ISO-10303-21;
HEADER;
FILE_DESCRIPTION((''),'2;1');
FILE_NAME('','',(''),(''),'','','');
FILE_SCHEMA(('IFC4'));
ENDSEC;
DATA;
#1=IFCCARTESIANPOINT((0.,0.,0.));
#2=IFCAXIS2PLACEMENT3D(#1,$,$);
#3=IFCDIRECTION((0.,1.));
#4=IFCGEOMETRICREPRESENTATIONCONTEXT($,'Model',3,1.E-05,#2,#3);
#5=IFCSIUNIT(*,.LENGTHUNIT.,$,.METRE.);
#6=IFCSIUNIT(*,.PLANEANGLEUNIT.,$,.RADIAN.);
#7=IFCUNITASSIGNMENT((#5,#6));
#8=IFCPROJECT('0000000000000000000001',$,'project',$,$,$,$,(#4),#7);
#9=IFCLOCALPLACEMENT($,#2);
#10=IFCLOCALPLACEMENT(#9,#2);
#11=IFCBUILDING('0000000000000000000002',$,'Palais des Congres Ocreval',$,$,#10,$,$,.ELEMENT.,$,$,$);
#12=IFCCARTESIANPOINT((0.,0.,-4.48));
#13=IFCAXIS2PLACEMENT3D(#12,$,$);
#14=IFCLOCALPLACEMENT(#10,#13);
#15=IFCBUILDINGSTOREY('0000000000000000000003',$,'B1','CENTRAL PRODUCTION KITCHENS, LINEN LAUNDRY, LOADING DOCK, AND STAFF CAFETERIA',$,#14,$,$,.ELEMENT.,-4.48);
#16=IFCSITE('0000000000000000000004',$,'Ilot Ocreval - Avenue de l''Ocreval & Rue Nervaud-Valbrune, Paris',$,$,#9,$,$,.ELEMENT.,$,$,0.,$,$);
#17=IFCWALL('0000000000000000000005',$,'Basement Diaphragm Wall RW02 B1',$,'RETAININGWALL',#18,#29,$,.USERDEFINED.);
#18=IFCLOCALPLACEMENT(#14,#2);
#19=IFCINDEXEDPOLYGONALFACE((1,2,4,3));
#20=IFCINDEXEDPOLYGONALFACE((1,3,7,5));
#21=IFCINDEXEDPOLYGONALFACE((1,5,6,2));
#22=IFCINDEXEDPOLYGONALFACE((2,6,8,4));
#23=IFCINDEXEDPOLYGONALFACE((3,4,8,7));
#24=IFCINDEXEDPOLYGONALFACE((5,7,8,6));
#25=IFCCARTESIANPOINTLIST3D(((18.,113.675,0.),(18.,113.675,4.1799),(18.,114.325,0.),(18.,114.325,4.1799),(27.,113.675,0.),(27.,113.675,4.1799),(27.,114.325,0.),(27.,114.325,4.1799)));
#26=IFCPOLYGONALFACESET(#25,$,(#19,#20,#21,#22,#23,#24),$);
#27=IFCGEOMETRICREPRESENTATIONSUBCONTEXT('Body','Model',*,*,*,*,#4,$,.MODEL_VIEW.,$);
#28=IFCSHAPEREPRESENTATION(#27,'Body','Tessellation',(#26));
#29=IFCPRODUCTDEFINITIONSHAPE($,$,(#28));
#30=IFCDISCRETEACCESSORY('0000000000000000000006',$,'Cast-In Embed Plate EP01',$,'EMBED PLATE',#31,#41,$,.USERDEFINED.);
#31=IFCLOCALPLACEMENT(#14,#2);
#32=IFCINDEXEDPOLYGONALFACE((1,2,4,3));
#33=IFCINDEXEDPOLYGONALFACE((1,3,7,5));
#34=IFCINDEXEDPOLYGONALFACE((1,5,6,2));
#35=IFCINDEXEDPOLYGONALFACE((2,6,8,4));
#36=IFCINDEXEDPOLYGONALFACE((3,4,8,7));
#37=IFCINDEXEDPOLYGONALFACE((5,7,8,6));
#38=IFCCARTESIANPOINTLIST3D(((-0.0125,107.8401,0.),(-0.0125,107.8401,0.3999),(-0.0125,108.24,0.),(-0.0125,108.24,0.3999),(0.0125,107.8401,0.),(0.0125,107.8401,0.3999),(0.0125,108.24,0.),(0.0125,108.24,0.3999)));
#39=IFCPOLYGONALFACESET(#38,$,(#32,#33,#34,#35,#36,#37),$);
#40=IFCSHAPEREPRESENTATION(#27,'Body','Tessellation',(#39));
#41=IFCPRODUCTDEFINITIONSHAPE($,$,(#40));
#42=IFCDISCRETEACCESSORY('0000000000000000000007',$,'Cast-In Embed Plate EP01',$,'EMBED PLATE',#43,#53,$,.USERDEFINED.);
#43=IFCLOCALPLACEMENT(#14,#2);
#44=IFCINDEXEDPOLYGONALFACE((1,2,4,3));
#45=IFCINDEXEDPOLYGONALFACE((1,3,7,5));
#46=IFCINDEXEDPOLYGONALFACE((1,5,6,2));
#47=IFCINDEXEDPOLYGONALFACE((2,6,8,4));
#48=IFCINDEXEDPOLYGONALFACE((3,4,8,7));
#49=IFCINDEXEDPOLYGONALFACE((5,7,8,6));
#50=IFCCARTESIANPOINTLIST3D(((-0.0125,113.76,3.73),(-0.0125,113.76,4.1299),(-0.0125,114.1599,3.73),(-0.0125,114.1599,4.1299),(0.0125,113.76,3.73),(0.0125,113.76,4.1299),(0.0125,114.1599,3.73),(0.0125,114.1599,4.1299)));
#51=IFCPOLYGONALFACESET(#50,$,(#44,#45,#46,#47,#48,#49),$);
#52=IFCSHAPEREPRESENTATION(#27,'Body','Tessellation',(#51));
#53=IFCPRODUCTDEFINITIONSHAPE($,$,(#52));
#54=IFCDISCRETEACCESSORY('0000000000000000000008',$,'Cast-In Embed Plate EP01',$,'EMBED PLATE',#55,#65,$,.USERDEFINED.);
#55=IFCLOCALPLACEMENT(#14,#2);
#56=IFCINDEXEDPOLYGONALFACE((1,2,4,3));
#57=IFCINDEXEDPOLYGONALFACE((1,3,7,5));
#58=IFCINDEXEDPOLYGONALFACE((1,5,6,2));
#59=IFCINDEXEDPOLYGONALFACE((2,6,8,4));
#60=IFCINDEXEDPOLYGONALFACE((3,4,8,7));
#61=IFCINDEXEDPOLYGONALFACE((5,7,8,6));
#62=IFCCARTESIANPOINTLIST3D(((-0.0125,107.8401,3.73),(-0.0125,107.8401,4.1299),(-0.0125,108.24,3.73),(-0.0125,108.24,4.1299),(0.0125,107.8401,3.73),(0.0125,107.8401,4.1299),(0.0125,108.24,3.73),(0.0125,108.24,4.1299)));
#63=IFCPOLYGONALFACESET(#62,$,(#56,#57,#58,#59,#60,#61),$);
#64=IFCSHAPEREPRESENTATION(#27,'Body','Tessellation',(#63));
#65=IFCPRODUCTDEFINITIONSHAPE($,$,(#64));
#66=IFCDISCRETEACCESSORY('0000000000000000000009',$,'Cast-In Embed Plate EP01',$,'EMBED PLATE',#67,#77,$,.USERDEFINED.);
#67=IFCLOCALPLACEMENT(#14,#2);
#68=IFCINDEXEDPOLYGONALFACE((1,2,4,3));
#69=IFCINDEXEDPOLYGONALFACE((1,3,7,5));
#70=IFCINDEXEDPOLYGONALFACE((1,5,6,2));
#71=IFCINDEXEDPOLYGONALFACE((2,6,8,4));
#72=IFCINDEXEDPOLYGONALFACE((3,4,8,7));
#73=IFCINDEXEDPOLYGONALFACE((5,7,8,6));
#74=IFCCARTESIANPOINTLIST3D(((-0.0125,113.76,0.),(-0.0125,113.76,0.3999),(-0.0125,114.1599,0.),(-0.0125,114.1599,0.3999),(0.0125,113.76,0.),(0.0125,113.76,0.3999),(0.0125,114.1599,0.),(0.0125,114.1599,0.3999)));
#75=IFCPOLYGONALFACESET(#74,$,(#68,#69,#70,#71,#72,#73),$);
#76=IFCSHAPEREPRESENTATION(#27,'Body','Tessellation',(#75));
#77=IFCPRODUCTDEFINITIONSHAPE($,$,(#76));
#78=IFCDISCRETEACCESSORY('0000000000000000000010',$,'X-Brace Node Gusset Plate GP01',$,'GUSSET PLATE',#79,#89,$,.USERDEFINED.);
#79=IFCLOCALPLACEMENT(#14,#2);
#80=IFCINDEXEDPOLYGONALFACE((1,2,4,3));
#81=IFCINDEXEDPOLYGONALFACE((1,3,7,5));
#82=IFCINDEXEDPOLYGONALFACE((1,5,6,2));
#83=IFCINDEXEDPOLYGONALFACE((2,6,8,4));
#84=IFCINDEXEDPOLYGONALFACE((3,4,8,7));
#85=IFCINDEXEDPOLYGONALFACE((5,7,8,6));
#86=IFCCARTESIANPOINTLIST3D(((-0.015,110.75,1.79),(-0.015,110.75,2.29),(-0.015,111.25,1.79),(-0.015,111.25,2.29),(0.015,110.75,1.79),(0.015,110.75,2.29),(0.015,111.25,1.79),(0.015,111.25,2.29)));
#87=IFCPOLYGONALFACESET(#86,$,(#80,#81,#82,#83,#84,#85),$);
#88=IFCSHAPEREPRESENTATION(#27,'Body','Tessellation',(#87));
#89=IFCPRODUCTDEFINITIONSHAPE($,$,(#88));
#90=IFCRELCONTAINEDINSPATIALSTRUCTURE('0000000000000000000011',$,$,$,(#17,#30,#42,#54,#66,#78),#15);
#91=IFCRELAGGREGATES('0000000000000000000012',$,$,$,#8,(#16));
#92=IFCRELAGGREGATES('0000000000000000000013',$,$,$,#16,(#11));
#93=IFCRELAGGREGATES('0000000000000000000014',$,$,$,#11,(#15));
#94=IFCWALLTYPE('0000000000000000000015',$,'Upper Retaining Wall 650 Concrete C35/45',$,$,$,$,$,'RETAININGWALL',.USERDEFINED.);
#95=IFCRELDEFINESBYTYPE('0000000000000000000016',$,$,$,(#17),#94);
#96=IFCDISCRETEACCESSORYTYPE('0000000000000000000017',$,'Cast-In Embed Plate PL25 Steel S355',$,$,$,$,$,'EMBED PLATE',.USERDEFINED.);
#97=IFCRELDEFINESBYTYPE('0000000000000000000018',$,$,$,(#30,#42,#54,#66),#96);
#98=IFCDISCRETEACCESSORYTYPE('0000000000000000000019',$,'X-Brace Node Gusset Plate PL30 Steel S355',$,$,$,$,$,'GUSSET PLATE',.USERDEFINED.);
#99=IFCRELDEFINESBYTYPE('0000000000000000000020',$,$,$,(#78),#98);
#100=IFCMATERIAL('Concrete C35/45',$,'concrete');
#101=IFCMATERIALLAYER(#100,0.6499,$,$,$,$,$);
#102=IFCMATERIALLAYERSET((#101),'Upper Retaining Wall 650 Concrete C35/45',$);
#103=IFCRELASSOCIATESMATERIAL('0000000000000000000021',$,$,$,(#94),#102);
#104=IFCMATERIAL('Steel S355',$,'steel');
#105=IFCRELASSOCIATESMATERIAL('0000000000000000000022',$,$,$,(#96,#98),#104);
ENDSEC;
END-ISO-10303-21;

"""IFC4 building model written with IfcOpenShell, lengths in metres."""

from ifc_helpers import new_model, si_unit, direction, frame, frame_2d, origin, origin_2d, place, context, subcontext, project, spatial, rectangle, extrude, material, layer, layer_set, type_object, element, save


model = new_model("IFC4")

# Units and contexts
model_context = context("Model", 3, precision=1e-05, world=origin(), true_north=direction((0.0, 1.0)))
body_context = subcontext(model_context, "Body", "Model", "MODEL_VIEW")
ifc_project = project(units=[si_unit("LENGTHUNIT", "METRE"), si_unit("PLANEANGLEUNIT", "RADIAN")], contexts=[model_context])

# Site, building, storey
site_placement = place(None, origin())
site = spatial("IfcSite", under=ifc_project, at=site_placement, Name="Ilot Ocreval - Avenue de l'Ocreval & Rue Nervaud-Valbrune, Paris", CompositionType="ELEMENT", RefElevation=0.0)
building_placement = place(site_placement, origin())
building = spatial("IfcBuilding", under=site, at=building_placement, Name="Palais des Congres Ocreval", CompositionType="ELEMENT")
storey_placement = place(building_placement, frame((0.0, 0.0, -4.48)))
storey = spatial("IfcBuildingStorey", under=building, at=storey_placement, Name="B1", Description="CENTRAL PRODUCTION KITCHENS, LINEN LAUNDRY, LOADING DOCK, AND STAFF CAFETERIA", CompositionType="ELEMENT", Elevation=-4.48)

# Shared definitions
ifc_material_1 = material(Name="Steel S355", Category="steel")

# Shared definitions
ifc_material_2 = material(Name="Concrete C35/45", Category="concrete")

# Wall
ifc_layer_1 = layer(ifc_material_2, 0.6499)
ifc_layer_set_1 = layer_set([ifc_layer_1], Name="Upper Retaining Wall 650 Concrete C35/45")
wall_type_1 = type_object("IfcWallType", Name="Upper Retaining Wall 650 Concrete C35/45", ElementType="RETAININGWALL", PredefinedType="USERDEFINED", material=ifc_layer_set_1)
for number, where, z_axis, x_axis, name in (
    (1, (18.0, 114.0, 0.0), (0.0, 0.0, 1.0), (1.0, 0.0, 0.0), "Basement Diaphragm Wall RW02 B1"),
):
    element("IfcWall", number, at=place(storey_placement, frame(where, z_axis=z_axis, x_axis=x_axis)), inside=storey, type_object=wall_type_1, Name=name, ObjectType="RETAININGWALL", PredefinedType="USERDEFINED", context=body_context, shape_type="SweptSolid", body=[
        extrude(rectangle(XDim=9.0, YDim=0.6499, at=frame_2d((4.5, 0.0))), origin(), (0.0, 0.0, 1.0), 4.1799),
    ])

# Discrete accessories
discrete_accessory_type_1 = type_object("IfcDiscreteAccessoryType", Name="Cast-In Embed Plate PL25 Steel S355", ElementType="EMBED PLATE", PredefinedType="USERDEFINED", material=ifc_material_1)
for number, where, z_axis, x_axis, name in (
    (2, (0.0, 108.04, 0.0), (0.0, 0.0, 1.0), (0.0, 1.0, 0.0), "Cast-In Embed Plate EP01"),
    (3, (0.0, 113.96, 3.73), (0.0, 0.0, 1.0), (0.0, 1.0, 0.0), "Cast-In Embed Plate EP01"),
    (4, (0.0, 108.04, 3.73), (0.0, 0.0, 1.0), (0.0, 1.0, 0.0), "Cast-In Embed Plate EP01"),
    (5, (0.0, 113.96, 0.0), (0.0, 0.0, 1.0), (0.0, 1.0, 0.0), "Cast-In Embed Plate EP01"),
):
    element("IfcDiscreteAccessory", number, at=place(storey_placement, frame(where, z_axis=z_axis, x_axis=x_axis)), inside=storey, type_object=discrete_accessory_type_1, Name=name, ObjectType="EMBED PLATE", PredefinedType="USERDEFINED", context=body_context, shape_type="SweptSolid", body=[
        extrude(rectangle(XDim=0.3999, YDim=0.0249, at=origin_2d()), origin(), (0.0, 0.0, 1.0), 0.3999),
    ])
discrete_accessory_type_2 = type_object("IfcDiscreteAccessoryType", Name="X-Brace Node Gusset Plate PL30 Steel S355", ElementType="GUSSET PLATE", PredefinedType="USERDEFINED", material=ifc_material_1)
discrete_accessory_placement = place(storey_placement, frame((0.0, 111.0, 1.79), z_axis=(0.0, 0.0, 1.0), x_axis=(0.0, 1.0, 0.0)))
element("IfcDiscreteAccessory", 6, at=discrete_accessory_placement, inside=storey, type_object=discrete_accessory_type_2, Name="X-Brace Node Gusset Plate GP01", ObjectType="GUSSET PLATE", PredefinedType="USERDEFINED", context=body_context, shape_type="SweptSolid", body=[
    extrude(rectangle(XDim=0.5, YDim=0.03, at=origin_2d()), origin(), (0.0, 0.0, 1.0), 0.5),
])

save(model, "model.ifc")
